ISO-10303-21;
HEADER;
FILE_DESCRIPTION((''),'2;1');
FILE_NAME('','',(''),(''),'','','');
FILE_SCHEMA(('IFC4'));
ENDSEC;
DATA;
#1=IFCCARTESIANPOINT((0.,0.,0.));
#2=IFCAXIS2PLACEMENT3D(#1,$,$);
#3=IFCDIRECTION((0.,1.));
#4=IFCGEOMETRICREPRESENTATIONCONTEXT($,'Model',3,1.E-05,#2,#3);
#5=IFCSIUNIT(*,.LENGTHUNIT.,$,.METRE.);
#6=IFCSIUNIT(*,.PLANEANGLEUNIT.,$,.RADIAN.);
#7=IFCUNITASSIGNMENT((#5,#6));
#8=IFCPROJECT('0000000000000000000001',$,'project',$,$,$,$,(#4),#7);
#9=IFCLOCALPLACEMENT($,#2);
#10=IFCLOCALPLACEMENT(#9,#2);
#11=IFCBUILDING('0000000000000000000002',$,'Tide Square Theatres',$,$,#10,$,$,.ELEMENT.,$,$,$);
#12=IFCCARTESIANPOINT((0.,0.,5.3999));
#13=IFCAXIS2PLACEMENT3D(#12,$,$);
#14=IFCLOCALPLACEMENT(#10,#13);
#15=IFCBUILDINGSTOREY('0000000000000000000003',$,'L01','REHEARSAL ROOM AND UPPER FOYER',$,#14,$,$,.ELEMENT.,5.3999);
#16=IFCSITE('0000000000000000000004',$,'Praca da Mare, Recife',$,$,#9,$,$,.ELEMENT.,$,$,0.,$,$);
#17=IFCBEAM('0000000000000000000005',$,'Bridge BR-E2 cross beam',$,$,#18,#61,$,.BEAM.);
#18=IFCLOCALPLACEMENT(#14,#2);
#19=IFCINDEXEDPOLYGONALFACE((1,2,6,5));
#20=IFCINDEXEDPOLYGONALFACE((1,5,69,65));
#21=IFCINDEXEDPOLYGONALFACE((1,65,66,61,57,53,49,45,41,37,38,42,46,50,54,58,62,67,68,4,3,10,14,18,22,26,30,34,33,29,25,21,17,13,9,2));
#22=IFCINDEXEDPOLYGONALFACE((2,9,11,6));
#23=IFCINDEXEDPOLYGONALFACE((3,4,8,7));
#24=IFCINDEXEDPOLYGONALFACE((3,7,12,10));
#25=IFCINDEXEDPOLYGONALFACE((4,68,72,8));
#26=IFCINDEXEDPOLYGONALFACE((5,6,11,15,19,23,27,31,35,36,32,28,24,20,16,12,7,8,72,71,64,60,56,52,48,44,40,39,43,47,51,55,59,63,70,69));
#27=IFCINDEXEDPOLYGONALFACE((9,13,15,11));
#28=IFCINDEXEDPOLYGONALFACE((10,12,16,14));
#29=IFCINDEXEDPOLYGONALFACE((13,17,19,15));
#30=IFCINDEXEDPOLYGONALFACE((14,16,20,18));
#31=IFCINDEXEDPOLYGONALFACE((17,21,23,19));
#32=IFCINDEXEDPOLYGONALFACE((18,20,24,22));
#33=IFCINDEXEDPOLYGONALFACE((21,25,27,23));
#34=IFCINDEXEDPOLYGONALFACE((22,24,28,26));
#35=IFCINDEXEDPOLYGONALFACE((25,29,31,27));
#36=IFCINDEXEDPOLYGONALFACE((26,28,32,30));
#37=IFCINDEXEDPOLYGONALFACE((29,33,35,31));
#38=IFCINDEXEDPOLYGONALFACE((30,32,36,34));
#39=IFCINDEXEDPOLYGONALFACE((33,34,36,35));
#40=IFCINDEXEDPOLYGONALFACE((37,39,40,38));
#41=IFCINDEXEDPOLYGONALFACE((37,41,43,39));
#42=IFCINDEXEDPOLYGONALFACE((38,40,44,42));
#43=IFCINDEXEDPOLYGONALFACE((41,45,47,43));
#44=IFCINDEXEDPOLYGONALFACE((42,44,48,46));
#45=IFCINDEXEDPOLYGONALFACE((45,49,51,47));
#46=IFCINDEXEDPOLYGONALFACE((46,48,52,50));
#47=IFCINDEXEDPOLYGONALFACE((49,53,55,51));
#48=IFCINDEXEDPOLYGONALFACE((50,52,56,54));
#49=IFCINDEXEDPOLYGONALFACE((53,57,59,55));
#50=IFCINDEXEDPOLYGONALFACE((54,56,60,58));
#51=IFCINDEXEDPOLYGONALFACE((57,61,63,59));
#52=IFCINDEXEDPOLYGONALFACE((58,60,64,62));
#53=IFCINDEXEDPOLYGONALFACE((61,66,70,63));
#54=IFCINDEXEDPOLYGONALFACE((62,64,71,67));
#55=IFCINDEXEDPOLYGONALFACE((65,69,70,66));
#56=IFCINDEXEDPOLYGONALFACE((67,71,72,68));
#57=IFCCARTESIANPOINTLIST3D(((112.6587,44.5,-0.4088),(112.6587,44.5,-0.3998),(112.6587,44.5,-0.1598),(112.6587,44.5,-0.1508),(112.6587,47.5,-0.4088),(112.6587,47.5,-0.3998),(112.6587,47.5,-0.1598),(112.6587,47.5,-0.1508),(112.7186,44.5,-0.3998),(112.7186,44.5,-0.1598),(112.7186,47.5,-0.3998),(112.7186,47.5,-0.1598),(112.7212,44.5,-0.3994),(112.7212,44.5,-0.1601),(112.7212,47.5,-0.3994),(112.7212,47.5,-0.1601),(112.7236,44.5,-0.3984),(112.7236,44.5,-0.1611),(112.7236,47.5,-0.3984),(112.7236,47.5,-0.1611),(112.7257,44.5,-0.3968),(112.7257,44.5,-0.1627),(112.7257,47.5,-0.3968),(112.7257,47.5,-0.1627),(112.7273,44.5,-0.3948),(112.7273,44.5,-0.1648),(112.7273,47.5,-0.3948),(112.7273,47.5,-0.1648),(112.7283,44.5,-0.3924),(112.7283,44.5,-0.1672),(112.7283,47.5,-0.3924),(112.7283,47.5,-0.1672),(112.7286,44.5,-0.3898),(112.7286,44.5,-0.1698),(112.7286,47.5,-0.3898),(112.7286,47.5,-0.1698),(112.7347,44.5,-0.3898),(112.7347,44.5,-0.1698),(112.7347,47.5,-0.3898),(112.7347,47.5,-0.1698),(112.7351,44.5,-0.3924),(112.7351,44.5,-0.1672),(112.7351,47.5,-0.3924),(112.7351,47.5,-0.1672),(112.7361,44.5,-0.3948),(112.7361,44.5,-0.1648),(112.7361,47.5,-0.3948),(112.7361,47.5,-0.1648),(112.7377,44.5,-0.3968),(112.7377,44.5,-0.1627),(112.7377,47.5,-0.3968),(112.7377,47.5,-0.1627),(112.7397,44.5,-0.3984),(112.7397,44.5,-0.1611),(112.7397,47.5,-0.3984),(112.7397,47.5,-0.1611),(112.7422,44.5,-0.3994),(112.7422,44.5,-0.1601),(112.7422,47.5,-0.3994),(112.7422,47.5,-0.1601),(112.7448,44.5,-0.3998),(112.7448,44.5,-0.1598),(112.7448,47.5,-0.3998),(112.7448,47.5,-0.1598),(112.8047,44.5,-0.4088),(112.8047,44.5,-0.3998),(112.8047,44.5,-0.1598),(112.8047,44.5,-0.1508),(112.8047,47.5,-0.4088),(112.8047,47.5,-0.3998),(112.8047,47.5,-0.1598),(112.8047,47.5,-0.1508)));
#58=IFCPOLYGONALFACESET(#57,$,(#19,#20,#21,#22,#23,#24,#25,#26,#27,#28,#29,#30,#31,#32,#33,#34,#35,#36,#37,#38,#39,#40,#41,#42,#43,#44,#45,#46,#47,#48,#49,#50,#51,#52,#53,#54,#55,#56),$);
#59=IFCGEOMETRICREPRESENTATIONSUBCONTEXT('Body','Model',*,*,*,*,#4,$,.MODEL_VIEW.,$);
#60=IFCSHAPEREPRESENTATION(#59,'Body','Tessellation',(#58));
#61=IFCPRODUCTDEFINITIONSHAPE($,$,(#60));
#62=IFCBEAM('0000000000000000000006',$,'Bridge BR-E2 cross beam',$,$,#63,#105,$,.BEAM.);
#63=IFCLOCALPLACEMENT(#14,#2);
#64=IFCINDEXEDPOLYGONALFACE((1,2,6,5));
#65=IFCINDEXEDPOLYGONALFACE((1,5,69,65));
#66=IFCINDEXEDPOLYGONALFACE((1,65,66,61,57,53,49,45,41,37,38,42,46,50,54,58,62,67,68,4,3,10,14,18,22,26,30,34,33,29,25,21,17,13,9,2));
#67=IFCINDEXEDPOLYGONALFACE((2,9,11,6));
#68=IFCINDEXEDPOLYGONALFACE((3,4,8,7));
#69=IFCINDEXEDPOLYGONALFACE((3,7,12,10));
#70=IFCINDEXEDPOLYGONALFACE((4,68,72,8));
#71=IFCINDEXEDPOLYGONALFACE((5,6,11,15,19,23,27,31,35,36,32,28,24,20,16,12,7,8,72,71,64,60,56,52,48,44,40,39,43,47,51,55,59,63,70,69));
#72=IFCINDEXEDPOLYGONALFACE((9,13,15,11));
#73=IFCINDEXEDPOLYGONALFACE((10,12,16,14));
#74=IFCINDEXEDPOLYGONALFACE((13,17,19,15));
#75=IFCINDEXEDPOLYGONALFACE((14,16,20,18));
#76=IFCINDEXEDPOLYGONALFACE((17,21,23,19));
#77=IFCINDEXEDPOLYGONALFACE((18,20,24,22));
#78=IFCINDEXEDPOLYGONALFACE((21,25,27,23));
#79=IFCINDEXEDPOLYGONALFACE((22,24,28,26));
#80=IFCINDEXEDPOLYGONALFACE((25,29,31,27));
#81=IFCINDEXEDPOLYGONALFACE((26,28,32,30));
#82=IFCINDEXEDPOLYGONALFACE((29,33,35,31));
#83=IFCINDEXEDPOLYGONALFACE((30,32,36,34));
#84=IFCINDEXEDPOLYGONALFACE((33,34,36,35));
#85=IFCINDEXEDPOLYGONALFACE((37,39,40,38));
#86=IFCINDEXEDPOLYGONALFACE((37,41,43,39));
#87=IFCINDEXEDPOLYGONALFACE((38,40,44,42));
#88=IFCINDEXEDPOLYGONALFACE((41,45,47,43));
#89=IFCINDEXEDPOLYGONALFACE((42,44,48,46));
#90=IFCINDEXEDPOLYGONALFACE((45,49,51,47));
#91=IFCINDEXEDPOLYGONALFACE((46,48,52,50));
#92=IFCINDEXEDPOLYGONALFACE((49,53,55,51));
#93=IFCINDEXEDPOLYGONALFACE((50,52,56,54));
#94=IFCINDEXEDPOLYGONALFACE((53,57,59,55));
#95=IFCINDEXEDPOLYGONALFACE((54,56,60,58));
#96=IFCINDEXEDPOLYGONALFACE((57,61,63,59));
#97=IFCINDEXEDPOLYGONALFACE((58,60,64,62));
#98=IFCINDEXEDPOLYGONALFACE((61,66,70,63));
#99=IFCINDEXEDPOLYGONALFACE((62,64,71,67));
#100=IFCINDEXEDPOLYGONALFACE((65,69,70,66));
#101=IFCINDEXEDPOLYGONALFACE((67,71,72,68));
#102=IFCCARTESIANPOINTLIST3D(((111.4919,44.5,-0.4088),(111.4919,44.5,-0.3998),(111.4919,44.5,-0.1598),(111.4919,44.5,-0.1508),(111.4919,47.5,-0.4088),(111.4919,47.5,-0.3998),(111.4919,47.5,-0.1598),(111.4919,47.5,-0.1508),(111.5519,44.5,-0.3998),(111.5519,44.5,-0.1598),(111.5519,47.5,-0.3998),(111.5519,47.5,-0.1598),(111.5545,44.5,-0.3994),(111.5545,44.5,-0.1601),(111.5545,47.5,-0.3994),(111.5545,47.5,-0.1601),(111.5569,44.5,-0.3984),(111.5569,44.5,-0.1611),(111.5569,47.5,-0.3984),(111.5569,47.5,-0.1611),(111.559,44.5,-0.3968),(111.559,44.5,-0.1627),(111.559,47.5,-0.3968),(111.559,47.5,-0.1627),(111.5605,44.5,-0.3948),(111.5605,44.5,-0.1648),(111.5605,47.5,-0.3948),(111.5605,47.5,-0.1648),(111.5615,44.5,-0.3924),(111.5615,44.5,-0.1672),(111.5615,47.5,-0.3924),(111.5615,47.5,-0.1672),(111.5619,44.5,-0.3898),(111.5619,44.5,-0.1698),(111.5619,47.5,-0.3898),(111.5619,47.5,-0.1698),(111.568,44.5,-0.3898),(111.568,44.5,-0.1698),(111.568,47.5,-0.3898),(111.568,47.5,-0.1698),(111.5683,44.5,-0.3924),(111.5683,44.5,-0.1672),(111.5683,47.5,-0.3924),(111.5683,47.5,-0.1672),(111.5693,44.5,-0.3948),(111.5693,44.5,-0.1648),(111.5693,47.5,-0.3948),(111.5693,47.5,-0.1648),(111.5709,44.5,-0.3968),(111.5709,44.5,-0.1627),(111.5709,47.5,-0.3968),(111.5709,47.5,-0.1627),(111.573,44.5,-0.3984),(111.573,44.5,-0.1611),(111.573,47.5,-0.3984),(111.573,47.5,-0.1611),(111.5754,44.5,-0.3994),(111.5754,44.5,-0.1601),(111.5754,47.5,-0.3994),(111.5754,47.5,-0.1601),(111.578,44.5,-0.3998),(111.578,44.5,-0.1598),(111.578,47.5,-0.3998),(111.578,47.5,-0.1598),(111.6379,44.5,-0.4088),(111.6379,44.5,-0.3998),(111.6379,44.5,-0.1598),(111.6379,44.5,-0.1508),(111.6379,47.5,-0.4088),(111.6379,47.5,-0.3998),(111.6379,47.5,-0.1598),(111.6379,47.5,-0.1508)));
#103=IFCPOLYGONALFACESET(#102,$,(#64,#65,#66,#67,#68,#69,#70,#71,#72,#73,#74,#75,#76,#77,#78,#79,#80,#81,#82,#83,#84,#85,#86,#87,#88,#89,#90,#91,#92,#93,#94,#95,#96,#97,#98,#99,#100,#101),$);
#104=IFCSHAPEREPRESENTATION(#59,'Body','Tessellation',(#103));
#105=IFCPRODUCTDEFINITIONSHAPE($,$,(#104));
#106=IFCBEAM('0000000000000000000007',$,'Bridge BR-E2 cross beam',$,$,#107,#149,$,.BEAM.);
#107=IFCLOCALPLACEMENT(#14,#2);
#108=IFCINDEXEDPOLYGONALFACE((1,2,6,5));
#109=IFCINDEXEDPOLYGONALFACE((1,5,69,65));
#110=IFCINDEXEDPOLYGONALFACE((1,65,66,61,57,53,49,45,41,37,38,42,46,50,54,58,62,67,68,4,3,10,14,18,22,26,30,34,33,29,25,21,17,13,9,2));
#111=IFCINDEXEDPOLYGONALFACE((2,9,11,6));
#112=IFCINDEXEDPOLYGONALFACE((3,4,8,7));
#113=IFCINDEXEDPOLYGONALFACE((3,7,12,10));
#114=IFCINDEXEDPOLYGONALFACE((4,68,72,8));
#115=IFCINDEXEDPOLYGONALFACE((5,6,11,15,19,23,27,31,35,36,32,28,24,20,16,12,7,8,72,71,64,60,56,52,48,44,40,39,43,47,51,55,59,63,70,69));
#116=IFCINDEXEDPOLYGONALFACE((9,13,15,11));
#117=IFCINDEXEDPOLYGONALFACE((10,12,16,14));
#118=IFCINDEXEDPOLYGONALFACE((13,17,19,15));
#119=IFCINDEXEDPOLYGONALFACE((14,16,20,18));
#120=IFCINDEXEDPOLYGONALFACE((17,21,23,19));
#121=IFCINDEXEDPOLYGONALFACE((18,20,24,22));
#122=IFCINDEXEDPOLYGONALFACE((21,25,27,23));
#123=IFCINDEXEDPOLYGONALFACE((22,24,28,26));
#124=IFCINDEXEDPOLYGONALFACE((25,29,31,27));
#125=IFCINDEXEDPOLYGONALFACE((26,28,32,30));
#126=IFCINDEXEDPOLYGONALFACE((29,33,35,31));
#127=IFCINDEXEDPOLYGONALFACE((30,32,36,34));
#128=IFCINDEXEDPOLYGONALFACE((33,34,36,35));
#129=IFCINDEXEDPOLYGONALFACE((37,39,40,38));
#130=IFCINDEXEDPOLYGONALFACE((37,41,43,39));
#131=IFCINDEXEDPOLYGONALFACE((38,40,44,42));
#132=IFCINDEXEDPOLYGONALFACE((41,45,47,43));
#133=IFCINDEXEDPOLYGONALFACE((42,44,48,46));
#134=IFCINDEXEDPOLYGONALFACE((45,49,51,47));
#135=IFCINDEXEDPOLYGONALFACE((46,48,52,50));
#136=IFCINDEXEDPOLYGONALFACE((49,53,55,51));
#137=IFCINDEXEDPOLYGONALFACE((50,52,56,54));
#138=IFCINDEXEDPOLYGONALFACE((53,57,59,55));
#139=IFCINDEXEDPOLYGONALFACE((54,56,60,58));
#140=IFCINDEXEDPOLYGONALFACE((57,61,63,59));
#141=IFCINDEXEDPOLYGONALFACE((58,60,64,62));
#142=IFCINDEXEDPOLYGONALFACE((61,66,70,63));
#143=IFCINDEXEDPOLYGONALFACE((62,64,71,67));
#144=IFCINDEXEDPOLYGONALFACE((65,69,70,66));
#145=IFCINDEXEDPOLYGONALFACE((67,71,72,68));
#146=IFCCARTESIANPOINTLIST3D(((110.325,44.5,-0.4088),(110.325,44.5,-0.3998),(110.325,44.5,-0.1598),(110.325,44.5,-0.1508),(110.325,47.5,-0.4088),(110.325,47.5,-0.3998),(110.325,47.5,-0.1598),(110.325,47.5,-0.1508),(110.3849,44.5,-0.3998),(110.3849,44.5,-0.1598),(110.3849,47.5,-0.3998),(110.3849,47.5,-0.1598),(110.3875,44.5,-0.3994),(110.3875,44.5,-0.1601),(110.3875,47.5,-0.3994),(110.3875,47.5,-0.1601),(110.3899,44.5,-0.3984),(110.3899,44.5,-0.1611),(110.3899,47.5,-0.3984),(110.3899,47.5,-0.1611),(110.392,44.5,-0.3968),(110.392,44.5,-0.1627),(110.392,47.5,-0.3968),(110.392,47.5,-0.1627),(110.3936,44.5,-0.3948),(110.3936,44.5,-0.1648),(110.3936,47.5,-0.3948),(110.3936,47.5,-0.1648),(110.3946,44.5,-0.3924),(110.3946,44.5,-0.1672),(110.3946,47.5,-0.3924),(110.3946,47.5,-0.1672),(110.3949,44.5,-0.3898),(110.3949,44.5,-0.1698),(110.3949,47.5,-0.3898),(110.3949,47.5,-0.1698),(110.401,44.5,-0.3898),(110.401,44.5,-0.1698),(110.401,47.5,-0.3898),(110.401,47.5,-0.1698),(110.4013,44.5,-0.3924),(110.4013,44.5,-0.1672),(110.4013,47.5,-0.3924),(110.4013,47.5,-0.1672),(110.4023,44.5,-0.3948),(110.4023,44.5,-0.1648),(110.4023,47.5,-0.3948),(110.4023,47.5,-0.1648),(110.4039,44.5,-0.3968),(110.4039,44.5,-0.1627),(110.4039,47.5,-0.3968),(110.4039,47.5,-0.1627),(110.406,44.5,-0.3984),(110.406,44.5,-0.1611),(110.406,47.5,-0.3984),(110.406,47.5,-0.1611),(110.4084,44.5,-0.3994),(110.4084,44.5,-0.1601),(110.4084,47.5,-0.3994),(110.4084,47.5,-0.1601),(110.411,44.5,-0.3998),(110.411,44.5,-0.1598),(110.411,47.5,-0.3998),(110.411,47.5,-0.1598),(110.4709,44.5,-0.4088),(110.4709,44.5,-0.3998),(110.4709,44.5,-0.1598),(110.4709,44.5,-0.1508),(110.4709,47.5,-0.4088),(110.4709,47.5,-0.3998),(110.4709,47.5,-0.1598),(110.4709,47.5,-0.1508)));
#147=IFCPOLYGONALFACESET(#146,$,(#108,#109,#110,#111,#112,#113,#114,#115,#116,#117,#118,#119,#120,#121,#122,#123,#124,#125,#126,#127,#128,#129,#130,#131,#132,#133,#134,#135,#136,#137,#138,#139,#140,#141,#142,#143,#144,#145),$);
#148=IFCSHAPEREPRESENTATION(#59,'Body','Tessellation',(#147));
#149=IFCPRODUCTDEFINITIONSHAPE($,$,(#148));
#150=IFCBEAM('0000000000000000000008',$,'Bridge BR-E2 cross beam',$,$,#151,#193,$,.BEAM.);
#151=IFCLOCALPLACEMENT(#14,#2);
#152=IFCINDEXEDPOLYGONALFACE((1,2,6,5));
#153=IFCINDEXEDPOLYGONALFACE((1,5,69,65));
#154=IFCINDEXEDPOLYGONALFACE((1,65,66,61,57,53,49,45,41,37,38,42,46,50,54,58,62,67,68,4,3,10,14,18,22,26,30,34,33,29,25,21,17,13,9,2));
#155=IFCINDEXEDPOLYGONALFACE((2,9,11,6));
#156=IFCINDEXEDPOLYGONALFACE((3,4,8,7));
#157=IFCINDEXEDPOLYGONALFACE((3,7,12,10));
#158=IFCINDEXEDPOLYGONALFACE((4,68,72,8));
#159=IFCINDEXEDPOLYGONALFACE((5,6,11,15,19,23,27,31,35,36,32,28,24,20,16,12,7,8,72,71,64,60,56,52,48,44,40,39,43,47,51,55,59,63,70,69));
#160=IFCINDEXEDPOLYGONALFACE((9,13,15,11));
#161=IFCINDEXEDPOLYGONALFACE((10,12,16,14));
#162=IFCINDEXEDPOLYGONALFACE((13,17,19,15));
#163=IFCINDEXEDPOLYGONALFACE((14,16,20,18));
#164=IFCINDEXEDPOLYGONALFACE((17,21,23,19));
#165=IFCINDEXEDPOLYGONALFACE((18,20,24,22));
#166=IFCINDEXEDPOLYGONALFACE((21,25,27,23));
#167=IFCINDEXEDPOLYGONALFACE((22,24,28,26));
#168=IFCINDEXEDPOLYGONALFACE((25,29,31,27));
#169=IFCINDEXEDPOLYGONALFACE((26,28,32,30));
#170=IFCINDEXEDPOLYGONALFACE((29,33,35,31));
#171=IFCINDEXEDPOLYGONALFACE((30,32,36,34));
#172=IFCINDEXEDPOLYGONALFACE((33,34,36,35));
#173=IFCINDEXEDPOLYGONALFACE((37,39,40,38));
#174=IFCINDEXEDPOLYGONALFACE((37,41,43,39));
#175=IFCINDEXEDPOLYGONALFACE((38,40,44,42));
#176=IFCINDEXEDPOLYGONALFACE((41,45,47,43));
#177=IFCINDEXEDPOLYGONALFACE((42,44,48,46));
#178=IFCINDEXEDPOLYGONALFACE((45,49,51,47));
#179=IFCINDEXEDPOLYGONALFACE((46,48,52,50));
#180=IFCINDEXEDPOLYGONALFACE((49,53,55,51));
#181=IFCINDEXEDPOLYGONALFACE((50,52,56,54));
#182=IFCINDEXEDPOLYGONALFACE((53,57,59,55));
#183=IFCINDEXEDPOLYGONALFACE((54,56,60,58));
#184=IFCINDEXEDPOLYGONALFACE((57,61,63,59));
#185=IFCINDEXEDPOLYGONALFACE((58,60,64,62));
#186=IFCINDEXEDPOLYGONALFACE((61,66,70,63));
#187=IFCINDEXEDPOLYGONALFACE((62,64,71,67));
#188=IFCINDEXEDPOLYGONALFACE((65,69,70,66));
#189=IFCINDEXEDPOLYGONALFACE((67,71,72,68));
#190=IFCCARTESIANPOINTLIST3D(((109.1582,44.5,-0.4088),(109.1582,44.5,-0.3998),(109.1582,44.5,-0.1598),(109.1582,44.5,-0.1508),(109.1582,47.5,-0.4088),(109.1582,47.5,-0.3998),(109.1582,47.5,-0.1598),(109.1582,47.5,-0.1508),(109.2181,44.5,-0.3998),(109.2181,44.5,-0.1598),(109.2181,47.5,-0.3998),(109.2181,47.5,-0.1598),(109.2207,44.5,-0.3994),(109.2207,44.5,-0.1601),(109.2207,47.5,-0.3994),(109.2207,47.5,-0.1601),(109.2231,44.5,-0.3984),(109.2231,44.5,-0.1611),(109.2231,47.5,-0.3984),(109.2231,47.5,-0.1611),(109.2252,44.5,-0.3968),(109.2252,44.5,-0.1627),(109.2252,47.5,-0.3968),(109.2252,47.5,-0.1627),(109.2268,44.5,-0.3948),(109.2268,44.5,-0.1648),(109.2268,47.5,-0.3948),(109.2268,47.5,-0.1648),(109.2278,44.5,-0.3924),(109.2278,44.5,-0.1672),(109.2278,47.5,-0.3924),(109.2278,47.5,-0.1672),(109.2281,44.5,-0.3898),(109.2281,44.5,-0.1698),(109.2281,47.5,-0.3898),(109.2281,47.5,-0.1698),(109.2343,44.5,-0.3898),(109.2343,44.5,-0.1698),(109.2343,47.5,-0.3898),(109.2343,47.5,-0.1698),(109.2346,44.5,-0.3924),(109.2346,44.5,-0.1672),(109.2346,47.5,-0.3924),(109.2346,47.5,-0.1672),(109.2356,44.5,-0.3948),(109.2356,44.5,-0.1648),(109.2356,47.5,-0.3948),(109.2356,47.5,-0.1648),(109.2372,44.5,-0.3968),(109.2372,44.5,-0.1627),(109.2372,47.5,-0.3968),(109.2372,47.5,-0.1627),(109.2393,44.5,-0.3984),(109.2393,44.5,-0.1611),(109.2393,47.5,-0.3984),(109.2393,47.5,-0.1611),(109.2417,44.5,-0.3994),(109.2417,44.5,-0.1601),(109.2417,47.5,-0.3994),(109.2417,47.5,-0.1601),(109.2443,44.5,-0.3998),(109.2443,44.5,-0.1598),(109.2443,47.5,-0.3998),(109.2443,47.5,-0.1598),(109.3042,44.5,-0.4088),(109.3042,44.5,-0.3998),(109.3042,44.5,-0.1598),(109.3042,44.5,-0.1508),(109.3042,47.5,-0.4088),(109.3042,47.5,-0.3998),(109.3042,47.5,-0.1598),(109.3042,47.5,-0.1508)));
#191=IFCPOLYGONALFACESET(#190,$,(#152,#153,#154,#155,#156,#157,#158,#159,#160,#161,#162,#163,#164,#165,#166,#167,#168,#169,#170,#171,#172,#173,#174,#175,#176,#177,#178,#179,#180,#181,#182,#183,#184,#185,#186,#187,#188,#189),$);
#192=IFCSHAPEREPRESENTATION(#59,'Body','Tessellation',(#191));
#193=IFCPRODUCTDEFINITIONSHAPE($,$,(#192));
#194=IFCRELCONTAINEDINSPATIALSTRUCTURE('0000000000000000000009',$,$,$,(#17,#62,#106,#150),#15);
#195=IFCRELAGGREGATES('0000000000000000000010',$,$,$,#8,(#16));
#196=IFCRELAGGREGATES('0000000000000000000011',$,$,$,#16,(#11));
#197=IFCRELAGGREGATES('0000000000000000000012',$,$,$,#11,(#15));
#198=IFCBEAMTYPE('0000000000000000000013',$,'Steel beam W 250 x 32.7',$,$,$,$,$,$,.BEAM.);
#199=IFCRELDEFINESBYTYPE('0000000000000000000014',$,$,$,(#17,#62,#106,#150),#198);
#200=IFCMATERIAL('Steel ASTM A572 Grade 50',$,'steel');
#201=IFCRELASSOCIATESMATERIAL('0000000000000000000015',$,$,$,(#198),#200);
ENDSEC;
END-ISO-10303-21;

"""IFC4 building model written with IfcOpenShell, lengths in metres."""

from ifc_helpers import new_model, si_unit, direction, frame, origin, origin_2d, place, context, subcontext, project, spatial, i_section, extrude, material, material_profile, profile_set, type_object, element, save


model = new_model("IFC4")

# Units and contexts
model_context = context("Model", 3, precision=1e-05, world=origin(), true_north=direction((0.0, 1.0)))
body_context = subcontext(model_context, "Body", "Model", "MODEL_VIEW")
ifc_project = project(units=[si_unit("LENGTHUNIT", "METRE"), si_unit("PLANEANGLEUNIT", "RADIAN")], contexts=[model_context])

# Site, building, storey
site_placement = place(None, origin())
site = spatial("IfcSite", under=ifc_project, at=site_placement, Name="Praca da Mare, Recife", CompositionType="ELEMENT", RefElevation=0.0)
building_placement = place(site_placement, origin())
building = spatial("IfcBuilding", under=site, at=building_placement, Name="Tide Square Theatres", CompositionType="ELEMENT")
storey_placement = place(building_placement, frame((0.0, 0.0, 5.3999)))
storey = spatial("IfcBuildingStorey", under=building, at=storey_placement, Name="L01", Description="REHEARSAL ROOM AND UPPER FOYER", CompositionType="ELEMENT", Elevation=5.3999)

# Beams
ifc_material_1 = material(Name="Steel ASTM A572 Grade 50", Category="steel")
ifc_material_profile_1 = material_profile(ifc_material_1, i_section(OverallWidth=0.146, OverallDepth=0.2581, WebThickness=0.0061, FlangeThickness=0.009, FilletRadius=0.01, at=origin_2d()))
ifc_profile_set_1 = profile_set([ifc_material_profile_1], Name="Steel ASTM A572 Grade 50")
beam_type = type_object("IfcBeamType", Name="Steel beam W 250 x 32.7", PredefinedType="BEAM", material=ifc_profile_set_1)
for number, where, z_axis, x_axis, name in (
    (1, (112.7317, 47.5, -0.2798), (0.0, -1.0, 0.0), (1.0, 0.0, 0.0), "Bridge BR-E2 cross beam"),
    (2, (111.5649, 47.5, -0.2798), (0.0, -1.0, 0.0), (1.0, 0.0, 0.0), "Bridge BR-E2 cross beam"),
    (3, (110.3979, 47.5, -0.2798), (0.0, -1.0, 0.0), (1.0, 0.0, 0.0), "Bridge BR-E2 cross beam"),
    (4, (109.2312, 47.5, -0.2798), (0.0, -1.0, 0.0), (1.0, 0.0, 0.0), "Bridge BR-E2 cross beam"),
):
    element("IfcBeam", number, at=place(storey_placement, frame(where, z_axis=z_axis, x_axis=x_axis)), inside=storey, type_object=beam_type, Name=name, PredefinedType="BEAM", context=body_context, shape_type="SweptSolid", body=[
        extrude(i_section(OverallWidth=0.146, OverallDepth=0.2581, WebThickness=0.0061, FlangeThickness=0.009, FilletRadius=0.01, at=origin_2d()), origin(), (0.0, 0.0, 1.0), 3.0),
    ])

save(model, "model.ifc")
